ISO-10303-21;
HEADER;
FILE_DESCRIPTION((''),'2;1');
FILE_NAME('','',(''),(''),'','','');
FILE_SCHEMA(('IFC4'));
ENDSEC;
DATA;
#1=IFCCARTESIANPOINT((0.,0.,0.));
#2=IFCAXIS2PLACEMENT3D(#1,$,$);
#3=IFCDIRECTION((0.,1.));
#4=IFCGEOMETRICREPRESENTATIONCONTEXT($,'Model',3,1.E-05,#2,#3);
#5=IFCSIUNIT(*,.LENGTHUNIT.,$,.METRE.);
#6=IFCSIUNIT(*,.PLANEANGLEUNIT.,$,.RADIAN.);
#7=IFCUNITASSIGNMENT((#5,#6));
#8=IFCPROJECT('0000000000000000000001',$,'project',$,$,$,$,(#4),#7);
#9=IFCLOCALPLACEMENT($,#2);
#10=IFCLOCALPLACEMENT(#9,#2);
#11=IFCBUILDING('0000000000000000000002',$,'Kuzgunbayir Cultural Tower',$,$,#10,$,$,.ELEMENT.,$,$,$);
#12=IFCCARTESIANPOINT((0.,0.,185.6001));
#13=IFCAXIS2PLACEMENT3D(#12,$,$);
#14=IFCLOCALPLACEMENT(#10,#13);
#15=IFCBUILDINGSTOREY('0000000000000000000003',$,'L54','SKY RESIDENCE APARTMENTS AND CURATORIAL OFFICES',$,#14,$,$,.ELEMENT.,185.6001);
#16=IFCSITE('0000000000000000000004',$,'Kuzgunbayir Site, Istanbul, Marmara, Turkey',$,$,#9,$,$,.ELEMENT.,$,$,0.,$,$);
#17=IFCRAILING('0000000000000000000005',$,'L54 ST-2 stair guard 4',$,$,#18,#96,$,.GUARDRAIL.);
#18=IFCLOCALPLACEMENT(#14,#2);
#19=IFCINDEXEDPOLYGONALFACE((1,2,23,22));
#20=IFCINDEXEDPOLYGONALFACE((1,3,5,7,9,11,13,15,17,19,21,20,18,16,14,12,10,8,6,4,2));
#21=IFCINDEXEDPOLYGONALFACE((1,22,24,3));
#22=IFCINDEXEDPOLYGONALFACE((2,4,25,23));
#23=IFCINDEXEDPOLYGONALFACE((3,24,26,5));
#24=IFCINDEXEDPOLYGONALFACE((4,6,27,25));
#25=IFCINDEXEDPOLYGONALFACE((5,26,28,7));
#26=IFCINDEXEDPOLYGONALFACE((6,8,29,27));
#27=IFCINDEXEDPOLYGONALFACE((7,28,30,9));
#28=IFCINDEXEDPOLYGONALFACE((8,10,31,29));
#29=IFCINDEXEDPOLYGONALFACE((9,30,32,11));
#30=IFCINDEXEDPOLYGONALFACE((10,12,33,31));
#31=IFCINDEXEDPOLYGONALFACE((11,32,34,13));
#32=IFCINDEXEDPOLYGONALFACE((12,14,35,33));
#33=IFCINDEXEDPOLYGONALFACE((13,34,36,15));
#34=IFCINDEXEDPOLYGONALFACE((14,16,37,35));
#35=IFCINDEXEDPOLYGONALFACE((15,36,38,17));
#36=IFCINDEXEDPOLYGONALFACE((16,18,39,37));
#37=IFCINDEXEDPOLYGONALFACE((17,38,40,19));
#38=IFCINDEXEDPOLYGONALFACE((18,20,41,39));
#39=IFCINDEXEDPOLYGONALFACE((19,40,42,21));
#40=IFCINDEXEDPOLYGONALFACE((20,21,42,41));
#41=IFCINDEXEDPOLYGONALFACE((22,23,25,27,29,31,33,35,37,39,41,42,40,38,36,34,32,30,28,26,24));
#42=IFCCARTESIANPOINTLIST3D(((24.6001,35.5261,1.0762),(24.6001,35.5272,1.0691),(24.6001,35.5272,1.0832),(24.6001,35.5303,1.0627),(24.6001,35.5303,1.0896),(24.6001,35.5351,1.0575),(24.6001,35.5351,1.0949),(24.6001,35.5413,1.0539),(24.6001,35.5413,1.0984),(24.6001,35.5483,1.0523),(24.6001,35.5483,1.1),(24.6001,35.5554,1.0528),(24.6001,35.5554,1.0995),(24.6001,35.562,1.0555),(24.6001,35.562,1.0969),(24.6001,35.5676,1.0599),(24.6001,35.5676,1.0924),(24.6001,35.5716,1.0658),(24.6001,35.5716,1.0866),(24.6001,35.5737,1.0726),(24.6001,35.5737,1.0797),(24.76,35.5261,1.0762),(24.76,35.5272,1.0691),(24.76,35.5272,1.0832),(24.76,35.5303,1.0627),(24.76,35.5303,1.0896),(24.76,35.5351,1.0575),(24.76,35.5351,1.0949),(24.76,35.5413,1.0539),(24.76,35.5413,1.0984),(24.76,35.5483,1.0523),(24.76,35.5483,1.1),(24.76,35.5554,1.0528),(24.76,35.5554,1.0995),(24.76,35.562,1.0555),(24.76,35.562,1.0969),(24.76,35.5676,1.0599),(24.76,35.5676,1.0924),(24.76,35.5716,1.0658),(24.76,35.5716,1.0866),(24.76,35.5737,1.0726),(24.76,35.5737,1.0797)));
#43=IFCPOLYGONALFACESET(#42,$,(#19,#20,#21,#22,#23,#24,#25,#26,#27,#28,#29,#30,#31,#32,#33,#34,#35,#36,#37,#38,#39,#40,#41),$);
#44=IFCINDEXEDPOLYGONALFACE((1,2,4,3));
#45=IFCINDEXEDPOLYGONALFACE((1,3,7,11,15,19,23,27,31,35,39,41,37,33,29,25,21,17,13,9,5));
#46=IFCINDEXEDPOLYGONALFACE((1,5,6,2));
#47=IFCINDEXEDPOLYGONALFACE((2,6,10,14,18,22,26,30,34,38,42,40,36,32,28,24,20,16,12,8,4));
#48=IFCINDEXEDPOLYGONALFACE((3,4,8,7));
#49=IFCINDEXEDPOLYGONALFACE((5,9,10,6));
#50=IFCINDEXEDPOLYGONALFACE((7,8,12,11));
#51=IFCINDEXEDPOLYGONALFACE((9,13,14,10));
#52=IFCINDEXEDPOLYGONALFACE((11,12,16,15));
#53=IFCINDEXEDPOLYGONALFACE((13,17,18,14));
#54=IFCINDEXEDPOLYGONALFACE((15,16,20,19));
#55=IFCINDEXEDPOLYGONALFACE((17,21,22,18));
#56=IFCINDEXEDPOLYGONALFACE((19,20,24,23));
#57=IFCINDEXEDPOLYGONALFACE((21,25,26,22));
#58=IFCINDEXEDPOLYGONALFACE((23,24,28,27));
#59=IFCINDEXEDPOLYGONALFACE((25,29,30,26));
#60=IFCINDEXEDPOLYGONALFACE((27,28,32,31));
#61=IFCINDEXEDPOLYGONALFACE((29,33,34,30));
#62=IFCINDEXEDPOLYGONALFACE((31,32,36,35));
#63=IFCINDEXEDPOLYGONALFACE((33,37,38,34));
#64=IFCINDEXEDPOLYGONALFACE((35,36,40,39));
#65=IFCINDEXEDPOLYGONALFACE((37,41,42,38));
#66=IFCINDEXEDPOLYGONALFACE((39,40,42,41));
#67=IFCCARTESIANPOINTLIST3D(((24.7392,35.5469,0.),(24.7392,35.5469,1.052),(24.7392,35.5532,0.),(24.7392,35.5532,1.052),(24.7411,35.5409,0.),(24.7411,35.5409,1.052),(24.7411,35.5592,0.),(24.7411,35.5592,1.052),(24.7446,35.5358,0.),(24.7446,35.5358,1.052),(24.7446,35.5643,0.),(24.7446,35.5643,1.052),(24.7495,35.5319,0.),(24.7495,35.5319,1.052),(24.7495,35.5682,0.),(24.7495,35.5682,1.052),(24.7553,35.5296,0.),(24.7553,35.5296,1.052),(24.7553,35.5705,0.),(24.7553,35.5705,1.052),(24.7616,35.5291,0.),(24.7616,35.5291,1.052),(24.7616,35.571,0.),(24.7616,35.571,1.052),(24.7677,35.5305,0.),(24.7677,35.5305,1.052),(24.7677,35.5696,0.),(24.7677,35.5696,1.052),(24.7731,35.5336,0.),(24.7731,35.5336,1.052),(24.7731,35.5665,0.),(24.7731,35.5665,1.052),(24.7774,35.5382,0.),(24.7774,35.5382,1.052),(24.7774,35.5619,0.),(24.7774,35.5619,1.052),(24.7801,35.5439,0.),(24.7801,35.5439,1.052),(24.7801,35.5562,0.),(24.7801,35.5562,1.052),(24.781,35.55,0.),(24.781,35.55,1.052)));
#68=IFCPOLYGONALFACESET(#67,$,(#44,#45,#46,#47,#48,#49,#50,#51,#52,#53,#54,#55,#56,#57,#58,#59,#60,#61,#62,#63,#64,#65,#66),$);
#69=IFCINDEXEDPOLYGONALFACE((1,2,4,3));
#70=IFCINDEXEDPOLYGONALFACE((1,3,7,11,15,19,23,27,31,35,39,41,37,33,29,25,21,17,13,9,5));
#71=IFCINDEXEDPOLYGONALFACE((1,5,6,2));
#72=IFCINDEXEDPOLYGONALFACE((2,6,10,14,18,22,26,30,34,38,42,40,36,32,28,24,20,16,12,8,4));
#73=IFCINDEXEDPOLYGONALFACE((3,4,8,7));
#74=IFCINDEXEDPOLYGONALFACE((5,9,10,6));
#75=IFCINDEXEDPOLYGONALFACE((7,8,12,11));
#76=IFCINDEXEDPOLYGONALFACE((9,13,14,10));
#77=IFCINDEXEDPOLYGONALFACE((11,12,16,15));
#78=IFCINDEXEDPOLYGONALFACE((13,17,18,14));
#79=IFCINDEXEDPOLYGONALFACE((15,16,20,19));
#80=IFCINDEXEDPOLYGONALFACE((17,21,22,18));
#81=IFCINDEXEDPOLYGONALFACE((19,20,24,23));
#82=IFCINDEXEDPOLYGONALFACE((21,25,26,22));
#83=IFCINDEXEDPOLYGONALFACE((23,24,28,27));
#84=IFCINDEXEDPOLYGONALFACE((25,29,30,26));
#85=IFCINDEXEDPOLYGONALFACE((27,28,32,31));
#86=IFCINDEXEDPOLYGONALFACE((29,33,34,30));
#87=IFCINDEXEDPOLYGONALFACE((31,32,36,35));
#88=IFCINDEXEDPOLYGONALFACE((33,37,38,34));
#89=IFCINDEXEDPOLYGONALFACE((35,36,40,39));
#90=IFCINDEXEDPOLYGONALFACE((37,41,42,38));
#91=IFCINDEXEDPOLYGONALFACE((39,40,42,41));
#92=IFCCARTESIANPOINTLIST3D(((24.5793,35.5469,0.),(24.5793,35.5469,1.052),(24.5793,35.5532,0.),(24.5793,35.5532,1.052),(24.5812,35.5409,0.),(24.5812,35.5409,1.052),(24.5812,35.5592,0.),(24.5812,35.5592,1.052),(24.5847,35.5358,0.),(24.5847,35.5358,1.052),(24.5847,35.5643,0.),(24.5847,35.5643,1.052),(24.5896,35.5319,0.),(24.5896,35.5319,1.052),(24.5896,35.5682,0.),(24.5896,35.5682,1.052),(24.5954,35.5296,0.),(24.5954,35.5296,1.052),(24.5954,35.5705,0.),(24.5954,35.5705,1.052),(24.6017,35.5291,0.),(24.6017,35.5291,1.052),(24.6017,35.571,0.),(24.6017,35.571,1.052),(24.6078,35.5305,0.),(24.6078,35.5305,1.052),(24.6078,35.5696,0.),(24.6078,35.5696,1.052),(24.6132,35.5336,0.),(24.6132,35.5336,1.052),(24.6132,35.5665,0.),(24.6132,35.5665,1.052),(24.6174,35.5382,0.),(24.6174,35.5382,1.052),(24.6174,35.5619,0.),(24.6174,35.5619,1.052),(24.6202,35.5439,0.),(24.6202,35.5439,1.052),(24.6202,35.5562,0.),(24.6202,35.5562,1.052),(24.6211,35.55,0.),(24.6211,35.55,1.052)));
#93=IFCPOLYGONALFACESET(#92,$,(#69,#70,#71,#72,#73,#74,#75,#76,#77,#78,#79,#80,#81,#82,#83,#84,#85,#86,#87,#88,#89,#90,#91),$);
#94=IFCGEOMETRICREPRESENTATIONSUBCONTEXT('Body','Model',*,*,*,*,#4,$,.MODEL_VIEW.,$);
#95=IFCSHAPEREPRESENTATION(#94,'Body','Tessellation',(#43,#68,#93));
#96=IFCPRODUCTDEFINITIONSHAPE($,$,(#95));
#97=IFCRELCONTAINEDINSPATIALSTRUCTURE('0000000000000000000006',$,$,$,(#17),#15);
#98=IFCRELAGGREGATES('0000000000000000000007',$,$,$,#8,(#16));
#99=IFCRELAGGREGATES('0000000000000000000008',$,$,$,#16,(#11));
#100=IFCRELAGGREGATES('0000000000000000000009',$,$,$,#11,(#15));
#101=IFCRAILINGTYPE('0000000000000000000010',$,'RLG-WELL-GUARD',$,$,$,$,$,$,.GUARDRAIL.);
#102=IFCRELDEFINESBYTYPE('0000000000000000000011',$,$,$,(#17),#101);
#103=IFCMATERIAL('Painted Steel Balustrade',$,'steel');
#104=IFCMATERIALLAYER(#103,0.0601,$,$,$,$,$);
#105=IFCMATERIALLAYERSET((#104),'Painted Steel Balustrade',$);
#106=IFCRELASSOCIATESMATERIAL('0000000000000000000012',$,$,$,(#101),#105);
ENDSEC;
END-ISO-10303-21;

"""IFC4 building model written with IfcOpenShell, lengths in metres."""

from ifc_helpers import new_model, si_unit, direction, frame, origin, origin_2d, place, context, subcontext, project, spatial, circle, extrude, material, layer, layer_set, type_object, element, save


model = new_model("IFC4")

# Units and contexts
model_context = context("Model", 3, precision=1e-05, world=origin(), true_north=direction((0.0, 1.0)))
body_context = subcontext(model_context, "Body", "Model", "MODEL_VIEW")
ifc_project = project(units=[si_unit("LENGTHUNIT", "METRE"), si_unit("PLANEANGLEUNIT", "RADIAN")], contexts=[model_context])

# Site, building, storey
site_placement = place(None, origin())
site = spatial("IfcSite", under=ifc_project, at=site_placement, Name="Kuzgunbayir Site, Istanbul, Marmara, Turkey", CompositionType="ELEMENT", RefElevation=0.0)
building_placement = place(site_placement, origin())
building = spatial("IfcBuilding", under=site, at=building_placement, Name="Kuzgunbayir Cultural Tower", CompositionType="ELEMENT")
storey_placement = place(building_placement, frame((0.0, 0.0, 185.6001)))
storey = spatial("IfcBuildingStorey", under=building, at=storey_placement, Name="L54", Description="SKY RESIDENCE APARTMENTS AND CURATORIAL OFFICES", CompositionType="ELEMENT", Elevation=185.6001)

# Railing
ifc_material_1 = material(Name="Painted Steel Balustrade", Category="steel")
ifc_layer_1 = layer(ifc_material_1, 0.0601)
ifc_layer_set_1 = layer_set([ifc_layer_1], Name="Painted Steel Balustrade")
railing_type_1 = type_object("IfcRailingType", Name="RLG-WELL-GUARD", PredefinedType="GUARDRAIL", material=ifc_layer_set_1)
railing_1_placement = place(storey_placement, frame((24.76, 35.55, 0.0)))
element("IfcRailing", 1, at=railing_1_placement, inside=storey, type_object=railing_type_1, Name="L54 ST-2 stair guard 4", PredefinedType="GUARDRAIL", context=body_context, shape_type="SweptSolid", body=[
    extrude(circle(Radius=0.0239, at=origin_2d()), frame((0.0, 0.0, 1.0762), z_axis=(-1.0, 0.0, 0.0), x_axis=(0.0, -1.0, 0.0)), (0.0, 0.0, 1.0), 0.1599),
    extrude(circle(Radius=0.021, at=origin_2d()), origin(), (0.0, 0.0, 1.0), 1.052),
    extrude(circle(Radius=0.021, at=origin_2d()), frame((-0.1599, 0.0, 0.0)), (0.0, 0.0, 1.0), 1.052),
])

save(model, "model.ifc")
